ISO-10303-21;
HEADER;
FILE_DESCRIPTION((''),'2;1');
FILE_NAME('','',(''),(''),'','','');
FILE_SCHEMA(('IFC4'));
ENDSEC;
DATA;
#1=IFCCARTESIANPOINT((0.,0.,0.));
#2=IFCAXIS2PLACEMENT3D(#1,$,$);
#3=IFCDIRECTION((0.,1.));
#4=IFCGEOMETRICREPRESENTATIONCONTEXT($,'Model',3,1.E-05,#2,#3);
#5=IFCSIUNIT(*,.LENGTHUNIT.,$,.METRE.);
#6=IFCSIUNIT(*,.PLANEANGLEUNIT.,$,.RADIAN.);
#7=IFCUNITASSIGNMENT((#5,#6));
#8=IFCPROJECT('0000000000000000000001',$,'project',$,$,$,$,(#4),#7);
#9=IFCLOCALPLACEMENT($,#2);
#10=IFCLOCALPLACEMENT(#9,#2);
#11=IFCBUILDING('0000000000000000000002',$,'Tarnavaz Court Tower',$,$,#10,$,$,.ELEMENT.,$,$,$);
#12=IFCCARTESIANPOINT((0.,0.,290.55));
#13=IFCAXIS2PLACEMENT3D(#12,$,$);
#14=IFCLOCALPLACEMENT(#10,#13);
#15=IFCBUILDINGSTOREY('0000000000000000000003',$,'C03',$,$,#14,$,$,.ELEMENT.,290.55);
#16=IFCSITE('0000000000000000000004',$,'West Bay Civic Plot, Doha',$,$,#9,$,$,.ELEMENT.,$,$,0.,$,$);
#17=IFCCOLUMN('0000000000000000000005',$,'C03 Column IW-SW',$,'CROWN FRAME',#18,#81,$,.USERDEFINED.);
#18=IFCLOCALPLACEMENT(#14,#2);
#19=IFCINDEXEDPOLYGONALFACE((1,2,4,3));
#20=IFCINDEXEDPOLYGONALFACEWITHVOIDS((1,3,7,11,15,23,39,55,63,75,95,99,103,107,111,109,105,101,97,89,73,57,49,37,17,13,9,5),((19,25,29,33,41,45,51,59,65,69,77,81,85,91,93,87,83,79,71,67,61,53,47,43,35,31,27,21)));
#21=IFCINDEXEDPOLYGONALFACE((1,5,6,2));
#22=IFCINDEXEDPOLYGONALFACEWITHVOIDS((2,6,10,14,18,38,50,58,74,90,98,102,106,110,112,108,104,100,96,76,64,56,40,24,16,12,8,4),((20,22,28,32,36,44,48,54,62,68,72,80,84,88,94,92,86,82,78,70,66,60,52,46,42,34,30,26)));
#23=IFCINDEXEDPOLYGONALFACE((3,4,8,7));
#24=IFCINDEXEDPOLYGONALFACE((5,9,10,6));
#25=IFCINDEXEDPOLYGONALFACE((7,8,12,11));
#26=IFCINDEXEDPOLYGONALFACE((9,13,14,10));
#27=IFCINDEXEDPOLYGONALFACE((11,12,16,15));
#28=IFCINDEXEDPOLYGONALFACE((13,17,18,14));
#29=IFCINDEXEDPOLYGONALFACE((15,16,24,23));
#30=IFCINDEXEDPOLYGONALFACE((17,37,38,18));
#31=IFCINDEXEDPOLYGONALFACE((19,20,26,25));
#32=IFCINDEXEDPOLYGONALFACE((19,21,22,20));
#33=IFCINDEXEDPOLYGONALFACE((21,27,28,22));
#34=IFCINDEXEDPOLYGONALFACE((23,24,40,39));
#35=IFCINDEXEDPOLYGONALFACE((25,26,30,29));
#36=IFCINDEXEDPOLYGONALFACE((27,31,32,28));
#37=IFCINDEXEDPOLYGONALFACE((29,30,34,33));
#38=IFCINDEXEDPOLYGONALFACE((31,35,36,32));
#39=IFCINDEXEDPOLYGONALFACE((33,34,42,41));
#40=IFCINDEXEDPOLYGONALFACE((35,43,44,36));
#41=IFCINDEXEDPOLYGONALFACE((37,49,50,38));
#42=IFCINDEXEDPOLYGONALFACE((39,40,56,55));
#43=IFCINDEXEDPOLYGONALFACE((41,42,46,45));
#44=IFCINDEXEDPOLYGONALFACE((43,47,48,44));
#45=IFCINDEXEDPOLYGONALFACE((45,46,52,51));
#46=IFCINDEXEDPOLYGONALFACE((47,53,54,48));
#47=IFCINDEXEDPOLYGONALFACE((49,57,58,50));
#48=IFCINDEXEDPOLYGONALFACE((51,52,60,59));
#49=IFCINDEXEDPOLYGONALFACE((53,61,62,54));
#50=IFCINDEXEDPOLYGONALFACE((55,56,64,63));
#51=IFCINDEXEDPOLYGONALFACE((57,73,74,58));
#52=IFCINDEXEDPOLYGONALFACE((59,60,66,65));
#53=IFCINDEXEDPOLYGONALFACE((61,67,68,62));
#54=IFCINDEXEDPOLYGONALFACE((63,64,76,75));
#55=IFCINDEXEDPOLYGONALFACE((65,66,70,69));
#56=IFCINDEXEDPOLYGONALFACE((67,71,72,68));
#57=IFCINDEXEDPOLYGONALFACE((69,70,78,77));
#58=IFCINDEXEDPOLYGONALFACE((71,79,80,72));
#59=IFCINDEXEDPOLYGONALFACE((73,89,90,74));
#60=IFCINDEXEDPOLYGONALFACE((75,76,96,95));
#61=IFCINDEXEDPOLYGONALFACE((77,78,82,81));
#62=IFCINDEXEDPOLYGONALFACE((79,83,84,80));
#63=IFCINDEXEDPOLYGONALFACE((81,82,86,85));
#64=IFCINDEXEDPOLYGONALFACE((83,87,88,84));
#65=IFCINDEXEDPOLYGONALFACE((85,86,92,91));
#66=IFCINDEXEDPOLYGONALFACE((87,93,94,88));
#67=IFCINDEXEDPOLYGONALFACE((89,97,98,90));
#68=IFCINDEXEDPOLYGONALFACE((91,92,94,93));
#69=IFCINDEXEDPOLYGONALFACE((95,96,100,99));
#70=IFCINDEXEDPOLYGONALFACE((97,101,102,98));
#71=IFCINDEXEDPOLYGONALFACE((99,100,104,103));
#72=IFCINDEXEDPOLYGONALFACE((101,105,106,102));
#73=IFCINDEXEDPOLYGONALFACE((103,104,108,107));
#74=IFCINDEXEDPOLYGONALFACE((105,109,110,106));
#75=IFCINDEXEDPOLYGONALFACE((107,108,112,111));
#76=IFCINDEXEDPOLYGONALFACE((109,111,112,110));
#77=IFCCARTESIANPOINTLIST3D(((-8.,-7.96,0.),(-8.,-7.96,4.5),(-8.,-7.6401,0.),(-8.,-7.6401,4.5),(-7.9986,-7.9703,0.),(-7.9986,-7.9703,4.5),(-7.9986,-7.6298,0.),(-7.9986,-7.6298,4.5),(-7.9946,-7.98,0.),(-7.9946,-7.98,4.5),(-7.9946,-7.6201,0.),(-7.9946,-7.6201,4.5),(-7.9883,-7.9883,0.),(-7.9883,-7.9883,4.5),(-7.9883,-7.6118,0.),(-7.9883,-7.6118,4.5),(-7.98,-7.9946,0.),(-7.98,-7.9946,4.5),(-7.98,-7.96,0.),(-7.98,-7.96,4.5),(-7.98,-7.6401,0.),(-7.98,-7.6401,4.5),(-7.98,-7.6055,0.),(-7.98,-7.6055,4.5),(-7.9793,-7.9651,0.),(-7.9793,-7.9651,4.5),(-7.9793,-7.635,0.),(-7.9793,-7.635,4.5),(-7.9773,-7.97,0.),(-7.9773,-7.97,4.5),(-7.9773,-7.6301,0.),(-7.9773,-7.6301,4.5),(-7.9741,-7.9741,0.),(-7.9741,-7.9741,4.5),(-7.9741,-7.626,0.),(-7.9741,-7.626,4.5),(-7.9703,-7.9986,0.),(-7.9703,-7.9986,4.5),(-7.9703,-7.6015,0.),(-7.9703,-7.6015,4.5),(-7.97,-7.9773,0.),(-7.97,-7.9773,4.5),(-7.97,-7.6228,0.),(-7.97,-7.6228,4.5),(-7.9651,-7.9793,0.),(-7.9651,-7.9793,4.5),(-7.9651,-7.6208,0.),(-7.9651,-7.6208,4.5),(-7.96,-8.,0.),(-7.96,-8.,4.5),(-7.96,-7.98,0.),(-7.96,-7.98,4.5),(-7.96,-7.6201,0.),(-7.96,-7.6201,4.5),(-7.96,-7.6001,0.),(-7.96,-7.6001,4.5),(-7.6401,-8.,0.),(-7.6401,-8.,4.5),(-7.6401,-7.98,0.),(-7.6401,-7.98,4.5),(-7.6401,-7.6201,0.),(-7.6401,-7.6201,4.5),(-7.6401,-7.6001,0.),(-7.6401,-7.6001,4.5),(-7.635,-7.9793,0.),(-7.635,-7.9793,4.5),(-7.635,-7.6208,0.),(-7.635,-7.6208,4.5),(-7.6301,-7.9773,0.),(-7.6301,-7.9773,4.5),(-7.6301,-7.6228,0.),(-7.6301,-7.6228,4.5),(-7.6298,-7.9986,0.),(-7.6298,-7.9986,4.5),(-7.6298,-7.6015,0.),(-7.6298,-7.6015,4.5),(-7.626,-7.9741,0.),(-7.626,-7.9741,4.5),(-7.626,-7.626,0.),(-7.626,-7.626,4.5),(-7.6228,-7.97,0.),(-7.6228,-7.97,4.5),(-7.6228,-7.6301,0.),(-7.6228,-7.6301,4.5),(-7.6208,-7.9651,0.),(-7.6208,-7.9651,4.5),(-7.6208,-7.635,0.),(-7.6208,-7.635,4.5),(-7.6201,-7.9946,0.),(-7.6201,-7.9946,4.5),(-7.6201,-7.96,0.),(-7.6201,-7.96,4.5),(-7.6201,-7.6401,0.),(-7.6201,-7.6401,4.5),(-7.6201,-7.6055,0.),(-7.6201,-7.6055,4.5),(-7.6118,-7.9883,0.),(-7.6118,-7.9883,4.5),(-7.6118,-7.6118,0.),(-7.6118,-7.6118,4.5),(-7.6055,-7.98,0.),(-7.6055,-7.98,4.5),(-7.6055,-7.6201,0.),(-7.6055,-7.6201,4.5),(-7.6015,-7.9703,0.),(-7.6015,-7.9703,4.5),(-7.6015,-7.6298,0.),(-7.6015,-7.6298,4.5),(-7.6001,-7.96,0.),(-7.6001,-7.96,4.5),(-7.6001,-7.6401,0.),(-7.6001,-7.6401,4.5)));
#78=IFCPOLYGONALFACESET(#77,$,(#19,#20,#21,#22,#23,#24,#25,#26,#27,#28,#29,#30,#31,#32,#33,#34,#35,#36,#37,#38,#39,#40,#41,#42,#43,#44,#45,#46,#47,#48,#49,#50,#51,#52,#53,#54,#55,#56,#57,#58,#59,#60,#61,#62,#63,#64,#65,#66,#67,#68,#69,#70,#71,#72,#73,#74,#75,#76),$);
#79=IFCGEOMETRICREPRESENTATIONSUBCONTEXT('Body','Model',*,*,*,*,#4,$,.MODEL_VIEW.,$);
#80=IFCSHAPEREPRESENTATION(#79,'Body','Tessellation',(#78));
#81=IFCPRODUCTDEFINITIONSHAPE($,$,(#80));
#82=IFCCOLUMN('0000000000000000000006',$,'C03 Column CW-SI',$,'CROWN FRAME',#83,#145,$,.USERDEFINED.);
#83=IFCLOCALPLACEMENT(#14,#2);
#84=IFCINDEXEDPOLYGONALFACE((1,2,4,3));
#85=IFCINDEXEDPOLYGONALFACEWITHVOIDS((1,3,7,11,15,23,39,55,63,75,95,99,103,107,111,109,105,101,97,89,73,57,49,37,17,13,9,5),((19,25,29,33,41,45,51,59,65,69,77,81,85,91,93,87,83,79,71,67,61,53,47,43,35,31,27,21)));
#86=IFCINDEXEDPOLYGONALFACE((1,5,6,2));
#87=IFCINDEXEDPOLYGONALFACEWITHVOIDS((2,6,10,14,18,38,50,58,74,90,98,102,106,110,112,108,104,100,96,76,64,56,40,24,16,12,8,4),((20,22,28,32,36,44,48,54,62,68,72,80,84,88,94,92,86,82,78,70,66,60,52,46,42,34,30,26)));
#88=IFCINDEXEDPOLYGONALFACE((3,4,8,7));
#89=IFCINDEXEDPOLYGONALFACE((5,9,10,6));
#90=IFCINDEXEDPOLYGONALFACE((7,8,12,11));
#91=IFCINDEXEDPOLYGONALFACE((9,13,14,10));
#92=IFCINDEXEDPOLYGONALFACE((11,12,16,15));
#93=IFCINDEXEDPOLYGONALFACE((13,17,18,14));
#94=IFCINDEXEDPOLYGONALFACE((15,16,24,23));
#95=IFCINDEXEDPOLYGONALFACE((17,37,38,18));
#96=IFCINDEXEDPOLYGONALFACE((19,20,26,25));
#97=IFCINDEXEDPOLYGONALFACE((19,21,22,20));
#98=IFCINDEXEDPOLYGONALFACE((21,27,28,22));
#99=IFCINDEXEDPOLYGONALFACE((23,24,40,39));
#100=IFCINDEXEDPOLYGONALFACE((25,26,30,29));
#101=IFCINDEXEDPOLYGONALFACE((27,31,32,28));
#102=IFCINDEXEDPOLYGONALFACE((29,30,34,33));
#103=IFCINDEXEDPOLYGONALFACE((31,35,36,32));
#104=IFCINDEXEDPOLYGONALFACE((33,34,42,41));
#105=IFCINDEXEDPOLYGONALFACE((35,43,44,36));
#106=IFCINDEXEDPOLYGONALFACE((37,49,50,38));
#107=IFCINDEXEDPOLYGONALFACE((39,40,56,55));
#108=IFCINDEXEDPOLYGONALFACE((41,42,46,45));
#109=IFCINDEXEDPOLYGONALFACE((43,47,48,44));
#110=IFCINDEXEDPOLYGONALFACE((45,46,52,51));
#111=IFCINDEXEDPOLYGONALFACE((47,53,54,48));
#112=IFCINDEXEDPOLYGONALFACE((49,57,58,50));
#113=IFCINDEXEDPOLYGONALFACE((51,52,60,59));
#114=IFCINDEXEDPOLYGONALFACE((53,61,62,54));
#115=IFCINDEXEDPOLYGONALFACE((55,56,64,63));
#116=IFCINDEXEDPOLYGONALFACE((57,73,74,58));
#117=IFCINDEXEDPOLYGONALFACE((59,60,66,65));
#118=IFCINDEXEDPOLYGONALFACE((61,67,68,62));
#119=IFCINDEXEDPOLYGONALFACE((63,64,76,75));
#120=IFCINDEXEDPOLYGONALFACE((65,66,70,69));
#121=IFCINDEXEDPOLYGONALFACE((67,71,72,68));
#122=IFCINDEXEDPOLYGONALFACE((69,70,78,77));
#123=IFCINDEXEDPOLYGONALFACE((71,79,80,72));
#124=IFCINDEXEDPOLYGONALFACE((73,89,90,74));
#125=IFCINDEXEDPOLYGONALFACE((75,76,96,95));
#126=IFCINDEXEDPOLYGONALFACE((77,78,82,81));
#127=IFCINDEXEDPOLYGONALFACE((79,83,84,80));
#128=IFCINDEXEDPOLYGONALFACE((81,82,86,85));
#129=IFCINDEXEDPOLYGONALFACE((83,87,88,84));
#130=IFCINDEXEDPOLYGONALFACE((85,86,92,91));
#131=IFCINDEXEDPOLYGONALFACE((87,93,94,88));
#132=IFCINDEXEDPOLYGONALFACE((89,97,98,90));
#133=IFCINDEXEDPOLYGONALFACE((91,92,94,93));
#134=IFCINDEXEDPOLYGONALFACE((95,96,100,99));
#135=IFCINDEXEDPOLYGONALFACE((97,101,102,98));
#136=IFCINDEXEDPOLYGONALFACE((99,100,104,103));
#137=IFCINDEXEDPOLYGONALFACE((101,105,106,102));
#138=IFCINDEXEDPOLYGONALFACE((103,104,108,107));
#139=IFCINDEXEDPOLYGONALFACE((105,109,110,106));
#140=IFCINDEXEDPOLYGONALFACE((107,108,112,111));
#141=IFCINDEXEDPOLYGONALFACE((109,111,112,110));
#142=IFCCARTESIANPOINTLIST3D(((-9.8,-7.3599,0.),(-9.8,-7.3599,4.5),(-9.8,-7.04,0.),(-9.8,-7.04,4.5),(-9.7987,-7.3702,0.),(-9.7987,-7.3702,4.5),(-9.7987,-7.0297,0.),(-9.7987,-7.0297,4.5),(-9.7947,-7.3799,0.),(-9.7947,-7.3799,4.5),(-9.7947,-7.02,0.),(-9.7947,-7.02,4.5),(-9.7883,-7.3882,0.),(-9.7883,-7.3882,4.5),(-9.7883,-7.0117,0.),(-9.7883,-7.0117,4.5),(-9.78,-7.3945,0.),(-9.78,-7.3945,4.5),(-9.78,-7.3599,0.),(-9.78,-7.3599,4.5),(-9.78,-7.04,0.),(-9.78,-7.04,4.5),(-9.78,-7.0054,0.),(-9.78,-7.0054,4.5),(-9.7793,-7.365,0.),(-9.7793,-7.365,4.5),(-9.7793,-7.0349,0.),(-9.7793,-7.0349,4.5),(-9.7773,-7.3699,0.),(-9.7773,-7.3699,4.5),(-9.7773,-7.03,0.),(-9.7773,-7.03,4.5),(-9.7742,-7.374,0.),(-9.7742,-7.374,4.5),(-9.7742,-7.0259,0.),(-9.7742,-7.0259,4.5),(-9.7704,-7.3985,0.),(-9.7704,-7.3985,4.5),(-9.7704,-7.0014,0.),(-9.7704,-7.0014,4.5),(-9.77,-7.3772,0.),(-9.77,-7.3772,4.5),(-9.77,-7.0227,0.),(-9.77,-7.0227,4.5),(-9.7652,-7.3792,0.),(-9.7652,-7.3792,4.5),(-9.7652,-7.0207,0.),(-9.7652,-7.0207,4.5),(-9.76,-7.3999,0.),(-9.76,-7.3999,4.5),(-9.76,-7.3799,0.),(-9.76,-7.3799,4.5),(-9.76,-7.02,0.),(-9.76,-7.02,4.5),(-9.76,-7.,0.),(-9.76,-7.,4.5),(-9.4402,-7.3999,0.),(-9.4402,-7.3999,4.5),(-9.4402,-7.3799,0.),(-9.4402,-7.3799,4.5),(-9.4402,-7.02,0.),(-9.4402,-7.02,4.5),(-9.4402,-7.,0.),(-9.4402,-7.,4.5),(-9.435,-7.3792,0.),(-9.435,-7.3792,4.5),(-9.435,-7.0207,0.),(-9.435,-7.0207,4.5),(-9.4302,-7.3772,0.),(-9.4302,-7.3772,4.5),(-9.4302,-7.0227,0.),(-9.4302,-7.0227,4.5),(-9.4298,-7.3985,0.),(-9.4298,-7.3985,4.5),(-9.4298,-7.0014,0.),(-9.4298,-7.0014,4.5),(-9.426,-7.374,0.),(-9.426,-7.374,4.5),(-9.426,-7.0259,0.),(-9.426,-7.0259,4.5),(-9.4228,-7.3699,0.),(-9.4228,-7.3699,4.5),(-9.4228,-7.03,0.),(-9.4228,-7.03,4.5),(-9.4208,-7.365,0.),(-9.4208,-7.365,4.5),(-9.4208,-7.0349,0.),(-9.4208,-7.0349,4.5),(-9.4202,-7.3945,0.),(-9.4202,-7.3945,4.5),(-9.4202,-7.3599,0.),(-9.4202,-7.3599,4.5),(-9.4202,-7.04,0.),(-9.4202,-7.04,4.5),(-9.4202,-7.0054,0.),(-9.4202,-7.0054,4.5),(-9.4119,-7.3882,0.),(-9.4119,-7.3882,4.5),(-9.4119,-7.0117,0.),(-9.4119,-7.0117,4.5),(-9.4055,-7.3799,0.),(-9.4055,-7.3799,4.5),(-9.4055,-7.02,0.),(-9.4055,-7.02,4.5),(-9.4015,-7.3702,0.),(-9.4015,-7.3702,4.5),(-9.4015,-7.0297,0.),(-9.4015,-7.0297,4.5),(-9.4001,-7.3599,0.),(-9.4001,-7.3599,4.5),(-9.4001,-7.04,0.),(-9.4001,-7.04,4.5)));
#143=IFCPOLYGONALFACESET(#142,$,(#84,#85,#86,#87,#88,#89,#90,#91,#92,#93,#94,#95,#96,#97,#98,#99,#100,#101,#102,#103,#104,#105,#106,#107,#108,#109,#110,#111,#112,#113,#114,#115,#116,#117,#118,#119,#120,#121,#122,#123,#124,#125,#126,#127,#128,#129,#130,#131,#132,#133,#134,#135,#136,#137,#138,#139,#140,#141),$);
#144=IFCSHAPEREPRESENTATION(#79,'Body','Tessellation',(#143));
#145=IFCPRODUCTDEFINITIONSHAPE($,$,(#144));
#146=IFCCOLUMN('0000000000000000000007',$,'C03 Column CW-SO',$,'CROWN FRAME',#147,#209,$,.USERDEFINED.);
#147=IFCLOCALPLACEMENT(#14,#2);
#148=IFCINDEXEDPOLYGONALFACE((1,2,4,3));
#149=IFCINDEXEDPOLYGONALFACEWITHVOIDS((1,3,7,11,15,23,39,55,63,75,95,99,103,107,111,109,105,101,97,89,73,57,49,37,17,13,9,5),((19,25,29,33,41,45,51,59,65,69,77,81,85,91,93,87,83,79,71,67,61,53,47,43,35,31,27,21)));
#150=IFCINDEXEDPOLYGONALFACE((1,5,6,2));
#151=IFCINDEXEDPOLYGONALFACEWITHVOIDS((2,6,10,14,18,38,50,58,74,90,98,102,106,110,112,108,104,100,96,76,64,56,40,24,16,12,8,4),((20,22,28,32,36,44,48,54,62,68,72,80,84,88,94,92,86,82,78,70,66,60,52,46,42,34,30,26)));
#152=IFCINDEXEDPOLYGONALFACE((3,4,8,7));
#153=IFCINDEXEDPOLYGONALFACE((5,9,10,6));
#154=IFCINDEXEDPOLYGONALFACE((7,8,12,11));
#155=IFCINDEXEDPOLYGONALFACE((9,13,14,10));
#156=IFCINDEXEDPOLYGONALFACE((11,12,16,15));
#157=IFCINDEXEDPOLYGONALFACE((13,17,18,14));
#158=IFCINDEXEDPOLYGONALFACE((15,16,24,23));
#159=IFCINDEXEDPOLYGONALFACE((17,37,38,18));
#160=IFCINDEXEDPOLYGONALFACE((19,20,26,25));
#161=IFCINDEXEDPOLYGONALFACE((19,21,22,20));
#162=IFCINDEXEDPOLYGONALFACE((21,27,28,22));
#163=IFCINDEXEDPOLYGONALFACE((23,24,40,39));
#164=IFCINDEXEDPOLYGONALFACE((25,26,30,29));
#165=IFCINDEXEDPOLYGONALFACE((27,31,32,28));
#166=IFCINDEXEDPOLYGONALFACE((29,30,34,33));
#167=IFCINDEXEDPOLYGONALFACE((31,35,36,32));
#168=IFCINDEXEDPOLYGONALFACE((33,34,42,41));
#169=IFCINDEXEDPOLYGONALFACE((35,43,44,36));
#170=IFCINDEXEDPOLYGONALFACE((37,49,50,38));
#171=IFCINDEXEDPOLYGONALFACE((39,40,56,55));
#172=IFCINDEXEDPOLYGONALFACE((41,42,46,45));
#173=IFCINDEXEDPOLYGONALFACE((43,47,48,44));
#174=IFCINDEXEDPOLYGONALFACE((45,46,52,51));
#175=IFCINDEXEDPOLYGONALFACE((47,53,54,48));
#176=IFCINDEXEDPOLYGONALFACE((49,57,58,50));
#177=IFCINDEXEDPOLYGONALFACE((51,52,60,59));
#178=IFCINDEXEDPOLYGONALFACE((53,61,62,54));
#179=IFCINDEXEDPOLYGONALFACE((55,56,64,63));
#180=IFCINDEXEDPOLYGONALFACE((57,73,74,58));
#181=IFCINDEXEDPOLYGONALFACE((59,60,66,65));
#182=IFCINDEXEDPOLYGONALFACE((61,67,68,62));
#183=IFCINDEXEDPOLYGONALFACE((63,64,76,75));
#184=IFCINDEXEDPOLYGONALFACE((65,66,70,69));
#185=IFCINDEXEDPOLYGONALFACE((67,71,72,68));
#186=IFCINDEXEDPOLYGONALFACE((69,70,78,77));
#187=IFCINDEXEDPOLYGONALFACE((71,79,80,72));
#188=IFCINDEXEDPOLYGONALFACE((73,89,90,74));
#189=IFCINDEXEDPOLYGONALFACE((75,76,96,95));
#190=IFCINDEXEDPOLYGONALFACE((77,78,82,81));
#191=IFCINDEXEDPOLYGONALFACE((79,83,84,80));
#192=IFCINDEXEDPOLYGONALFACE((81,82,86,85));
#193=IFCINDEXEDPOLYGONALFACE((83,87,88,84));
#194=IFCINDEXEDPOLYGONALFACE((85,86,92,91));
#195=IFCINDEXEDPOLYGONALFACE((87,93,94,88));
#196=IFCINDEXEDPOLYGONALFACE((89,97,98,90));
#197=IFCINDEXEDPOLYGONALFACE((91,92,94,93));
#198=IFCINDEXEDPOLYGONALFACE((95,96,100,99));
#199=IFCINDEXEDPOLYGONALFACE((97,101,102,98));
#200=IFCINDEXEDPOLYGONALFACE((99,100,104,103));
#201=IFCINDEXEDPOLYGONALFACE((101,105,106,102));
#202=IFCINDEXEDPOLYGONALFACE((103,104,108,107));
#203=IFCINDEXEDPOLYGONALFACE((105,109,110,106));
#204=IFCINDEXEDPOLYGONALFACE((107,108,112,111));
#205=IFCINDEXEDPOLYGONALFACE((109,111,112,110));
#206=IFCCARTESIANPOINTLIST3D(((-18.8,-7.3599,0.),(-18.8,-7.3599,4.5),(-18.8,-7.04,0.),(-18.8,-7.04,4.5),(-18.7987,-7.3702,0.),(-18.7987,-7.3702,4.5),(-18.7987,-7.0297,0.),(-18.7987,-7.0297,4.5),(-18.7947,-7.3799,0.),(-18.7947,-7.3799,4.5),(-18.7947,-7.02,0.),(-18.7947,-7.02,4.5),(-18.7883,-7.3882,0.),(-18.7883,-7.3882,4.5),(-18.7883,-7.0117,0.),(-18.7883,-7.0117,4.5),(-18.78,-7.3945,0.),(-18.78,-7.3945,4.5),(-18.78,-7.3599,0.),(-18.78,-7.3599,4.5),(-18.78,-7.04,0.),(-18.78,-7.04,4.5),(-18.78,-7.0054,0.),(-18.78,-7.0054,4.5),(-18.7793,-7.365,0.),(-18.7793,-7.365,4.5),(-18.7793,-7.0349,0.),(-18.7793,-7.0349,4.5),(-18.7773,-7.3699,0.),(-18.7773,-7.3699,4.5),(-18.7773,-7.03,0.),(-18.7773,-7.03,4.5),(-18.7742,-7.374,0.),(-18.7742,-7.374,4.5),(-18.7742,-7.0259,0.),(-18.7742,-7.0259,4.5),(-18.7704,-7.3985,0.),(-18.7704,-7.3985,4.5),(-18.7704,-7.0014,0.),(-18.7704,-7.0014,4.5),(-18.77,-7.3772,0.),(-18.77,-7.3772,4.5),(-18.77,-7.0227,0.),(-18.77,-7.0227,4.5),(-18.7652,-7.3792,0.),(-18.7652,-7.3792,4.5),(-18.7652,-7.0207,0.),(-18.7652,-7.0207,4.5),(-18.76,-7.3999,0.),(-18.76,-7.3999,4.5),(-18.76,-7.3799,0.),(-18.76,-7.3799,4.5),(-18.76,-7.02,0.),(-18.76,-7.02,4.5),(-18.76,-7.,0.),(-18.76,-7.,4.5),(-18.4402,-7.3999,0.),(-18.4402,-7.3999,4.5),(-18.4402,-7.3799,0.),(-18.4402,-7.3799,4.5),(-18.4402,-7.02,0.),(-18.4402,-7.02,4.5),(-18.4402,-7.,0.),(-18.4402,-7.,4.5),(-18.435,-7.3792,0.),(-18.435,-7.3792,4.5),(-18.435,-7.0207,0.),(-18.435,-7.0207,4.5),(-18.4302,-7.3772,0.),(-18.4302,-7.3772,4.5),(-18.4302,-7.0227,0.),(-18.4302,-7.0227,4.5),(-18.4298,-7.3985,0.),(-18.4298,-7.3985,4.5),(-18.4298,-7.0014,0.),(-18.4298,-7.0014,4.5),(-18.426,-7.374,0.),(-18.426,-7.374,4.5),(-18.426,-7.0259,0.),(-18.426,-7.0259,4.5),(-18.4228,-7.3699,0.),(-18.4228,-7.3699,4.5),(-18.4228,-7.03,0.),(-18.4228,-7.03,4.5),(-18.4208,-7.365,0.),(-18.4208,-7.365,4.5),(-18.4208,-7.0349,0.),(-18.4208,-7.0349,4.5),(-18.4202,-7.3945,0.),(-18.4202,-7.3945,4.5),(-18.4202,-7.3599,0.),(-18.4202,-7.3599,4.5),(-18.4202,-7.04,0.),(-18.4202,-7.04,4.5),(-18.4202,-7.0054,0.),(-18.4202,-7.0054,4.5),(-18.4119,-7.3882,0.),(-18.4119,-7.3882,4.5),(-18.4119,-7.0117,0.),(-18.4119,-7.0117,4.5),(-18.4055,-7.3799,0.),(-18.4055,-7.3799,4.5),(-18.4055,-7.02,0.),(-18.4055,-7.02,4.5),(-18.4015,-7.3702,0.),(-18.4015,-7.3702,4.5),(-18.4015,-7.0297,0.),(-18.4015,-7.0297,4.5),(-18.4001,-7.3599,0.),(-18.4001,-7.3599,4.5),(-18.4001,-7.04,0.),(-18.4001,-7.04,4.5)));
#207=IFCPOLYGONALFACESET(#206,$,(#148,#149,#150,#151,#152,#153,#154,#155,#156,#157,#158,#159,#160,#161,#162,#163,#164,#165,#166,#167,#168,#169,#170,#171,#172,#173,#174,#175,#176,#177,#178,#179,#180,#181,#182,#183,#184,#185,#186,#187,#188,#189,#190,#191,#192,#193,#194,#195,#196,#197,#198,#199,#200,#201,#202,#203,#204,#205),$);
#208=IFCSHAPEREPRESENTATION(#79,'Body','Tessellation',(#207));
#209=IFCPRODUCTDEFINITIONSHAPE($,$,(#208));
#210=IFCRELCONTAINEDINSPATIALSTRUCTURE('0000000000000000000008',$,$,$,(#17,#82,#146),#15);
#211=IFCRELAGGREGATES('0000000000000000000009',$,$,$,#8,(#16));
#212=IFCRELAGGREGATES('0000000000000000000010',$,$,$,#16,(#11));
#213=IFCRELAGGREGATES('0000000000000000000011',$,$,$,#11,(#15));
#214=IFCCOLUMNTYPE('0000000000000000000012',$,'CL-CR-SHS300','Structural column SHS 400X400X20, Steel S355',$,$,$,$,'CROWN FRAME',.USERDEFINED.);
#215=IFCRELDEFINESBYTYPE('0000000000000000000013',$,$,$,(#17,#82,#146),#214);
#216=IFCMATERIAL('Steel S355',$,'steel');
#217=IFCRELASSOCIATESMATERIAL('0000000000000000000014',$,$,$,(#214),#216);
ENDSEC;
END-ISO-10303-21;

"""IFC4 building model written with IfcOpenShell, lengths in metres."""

from ifc_helpers import new_model, si_unit, direction, frame, origin, origin_2d, place, context, subcontext, project, spatial, hollow_rectangle, extrude, material, material_profile, profile_set, type_object, element, save


model = new_model("IFC4")

# Units and contexts
model_context = context("Model", 3, precision=1e-05, world=origin(), true_north=direction((0.0, 1.0)))
body_context = subcontext(model_context, "Body", "Model", "MODEL_VIEW")
ifc_project = project(units=[si_unit("LENGTHUNIT", "METRE"), si_unit("PLANEANGLEUNIT", "RADIAN")], contexts=[model_context])

# Site, building, storey
site_placement = place(None, origin())
site = spatial("IfcSite", under=ifc_project, at=site_placement, Name="West Bay Civic Plot, Doha", CompositionType="ELEMENT", RefElevation=0.0)
building_placement = place(site_placement, origin())
building = spatial("IfcBuilding", under=site, at=building_placement, Name="Tarnavaz Court Tower", CompositionType="ELEMENT")
storey_placement = place(building_placement, frame((0.0, 0.0, 290.55)))
storey = spatial("IfcBuildingStorey", under=building, at=storey_placement, Name="C03", CompositionType="ELEMENT", Elevation=290.55)

# Columns
ifc_material_1 = material(Name="Steel S355", Category="steel")
ifc_material_profile_1 = material_profile(ifc_material_1, hollow_rectangle(XDim=0.3999, YDim=0.3999, WallThickness=0.02, InnerFilletRadius=0.02, OuterFilletRadius=0.04, at=origin_2d()), Name="SHS 400X400X20")
ifc_profile_set_1 = profile_set([ifc_material_profile_1], Name="Steel S355")
column_type = type_object("IfcColumnType", Name="CL-CR-SHS300", Description="Structural column SHS 400X400X20, Steel S355", ElementType="CROWN FRAME", PredefinedType="USERDEFINED", material=ifc_profile_set_1)
for number, where, z_axis, x_axis, name in (
    (1, (-7.8, -7.8, 0.0), (0.0, 0.0, 1.0), (1.0, 0.0, 0.0), "C03 Column IW-SW"),
    (2, (-9.6001, -7.2, 0.0), (0.0, 0.0, 1.0), (1.0, 0.0, 0.0), "C03 Column CW-SI"),
    (3, (-18.6001, -7.2, 0.0), (0.0, 0.0, 1.0), (1.0, 0.0, 0.0), "C03 Column CW-SO"),
):
    element("IfcColumn", number, at=place(storey_placement, frame(where, z_axis=z_axis, x_axis=x_axis)), inside=storey, type_object=column_type, Name=name, ObjectType="CROWN FRAME", PredefinedType="USERDEFINED", context=body_context, shape_type="SweptSolid", body=[
        extrude(hollow_rectangle(XDim=0.3999, YDim=0.3999, WallThickness=0.02, InnerFilletRadius=0.02, OuterFilletRadius=0.04, at=origin_2d()), origin(), (0.0, 0.0, 1.0), 4.5),
    ])

save(model, "model.ifc")
